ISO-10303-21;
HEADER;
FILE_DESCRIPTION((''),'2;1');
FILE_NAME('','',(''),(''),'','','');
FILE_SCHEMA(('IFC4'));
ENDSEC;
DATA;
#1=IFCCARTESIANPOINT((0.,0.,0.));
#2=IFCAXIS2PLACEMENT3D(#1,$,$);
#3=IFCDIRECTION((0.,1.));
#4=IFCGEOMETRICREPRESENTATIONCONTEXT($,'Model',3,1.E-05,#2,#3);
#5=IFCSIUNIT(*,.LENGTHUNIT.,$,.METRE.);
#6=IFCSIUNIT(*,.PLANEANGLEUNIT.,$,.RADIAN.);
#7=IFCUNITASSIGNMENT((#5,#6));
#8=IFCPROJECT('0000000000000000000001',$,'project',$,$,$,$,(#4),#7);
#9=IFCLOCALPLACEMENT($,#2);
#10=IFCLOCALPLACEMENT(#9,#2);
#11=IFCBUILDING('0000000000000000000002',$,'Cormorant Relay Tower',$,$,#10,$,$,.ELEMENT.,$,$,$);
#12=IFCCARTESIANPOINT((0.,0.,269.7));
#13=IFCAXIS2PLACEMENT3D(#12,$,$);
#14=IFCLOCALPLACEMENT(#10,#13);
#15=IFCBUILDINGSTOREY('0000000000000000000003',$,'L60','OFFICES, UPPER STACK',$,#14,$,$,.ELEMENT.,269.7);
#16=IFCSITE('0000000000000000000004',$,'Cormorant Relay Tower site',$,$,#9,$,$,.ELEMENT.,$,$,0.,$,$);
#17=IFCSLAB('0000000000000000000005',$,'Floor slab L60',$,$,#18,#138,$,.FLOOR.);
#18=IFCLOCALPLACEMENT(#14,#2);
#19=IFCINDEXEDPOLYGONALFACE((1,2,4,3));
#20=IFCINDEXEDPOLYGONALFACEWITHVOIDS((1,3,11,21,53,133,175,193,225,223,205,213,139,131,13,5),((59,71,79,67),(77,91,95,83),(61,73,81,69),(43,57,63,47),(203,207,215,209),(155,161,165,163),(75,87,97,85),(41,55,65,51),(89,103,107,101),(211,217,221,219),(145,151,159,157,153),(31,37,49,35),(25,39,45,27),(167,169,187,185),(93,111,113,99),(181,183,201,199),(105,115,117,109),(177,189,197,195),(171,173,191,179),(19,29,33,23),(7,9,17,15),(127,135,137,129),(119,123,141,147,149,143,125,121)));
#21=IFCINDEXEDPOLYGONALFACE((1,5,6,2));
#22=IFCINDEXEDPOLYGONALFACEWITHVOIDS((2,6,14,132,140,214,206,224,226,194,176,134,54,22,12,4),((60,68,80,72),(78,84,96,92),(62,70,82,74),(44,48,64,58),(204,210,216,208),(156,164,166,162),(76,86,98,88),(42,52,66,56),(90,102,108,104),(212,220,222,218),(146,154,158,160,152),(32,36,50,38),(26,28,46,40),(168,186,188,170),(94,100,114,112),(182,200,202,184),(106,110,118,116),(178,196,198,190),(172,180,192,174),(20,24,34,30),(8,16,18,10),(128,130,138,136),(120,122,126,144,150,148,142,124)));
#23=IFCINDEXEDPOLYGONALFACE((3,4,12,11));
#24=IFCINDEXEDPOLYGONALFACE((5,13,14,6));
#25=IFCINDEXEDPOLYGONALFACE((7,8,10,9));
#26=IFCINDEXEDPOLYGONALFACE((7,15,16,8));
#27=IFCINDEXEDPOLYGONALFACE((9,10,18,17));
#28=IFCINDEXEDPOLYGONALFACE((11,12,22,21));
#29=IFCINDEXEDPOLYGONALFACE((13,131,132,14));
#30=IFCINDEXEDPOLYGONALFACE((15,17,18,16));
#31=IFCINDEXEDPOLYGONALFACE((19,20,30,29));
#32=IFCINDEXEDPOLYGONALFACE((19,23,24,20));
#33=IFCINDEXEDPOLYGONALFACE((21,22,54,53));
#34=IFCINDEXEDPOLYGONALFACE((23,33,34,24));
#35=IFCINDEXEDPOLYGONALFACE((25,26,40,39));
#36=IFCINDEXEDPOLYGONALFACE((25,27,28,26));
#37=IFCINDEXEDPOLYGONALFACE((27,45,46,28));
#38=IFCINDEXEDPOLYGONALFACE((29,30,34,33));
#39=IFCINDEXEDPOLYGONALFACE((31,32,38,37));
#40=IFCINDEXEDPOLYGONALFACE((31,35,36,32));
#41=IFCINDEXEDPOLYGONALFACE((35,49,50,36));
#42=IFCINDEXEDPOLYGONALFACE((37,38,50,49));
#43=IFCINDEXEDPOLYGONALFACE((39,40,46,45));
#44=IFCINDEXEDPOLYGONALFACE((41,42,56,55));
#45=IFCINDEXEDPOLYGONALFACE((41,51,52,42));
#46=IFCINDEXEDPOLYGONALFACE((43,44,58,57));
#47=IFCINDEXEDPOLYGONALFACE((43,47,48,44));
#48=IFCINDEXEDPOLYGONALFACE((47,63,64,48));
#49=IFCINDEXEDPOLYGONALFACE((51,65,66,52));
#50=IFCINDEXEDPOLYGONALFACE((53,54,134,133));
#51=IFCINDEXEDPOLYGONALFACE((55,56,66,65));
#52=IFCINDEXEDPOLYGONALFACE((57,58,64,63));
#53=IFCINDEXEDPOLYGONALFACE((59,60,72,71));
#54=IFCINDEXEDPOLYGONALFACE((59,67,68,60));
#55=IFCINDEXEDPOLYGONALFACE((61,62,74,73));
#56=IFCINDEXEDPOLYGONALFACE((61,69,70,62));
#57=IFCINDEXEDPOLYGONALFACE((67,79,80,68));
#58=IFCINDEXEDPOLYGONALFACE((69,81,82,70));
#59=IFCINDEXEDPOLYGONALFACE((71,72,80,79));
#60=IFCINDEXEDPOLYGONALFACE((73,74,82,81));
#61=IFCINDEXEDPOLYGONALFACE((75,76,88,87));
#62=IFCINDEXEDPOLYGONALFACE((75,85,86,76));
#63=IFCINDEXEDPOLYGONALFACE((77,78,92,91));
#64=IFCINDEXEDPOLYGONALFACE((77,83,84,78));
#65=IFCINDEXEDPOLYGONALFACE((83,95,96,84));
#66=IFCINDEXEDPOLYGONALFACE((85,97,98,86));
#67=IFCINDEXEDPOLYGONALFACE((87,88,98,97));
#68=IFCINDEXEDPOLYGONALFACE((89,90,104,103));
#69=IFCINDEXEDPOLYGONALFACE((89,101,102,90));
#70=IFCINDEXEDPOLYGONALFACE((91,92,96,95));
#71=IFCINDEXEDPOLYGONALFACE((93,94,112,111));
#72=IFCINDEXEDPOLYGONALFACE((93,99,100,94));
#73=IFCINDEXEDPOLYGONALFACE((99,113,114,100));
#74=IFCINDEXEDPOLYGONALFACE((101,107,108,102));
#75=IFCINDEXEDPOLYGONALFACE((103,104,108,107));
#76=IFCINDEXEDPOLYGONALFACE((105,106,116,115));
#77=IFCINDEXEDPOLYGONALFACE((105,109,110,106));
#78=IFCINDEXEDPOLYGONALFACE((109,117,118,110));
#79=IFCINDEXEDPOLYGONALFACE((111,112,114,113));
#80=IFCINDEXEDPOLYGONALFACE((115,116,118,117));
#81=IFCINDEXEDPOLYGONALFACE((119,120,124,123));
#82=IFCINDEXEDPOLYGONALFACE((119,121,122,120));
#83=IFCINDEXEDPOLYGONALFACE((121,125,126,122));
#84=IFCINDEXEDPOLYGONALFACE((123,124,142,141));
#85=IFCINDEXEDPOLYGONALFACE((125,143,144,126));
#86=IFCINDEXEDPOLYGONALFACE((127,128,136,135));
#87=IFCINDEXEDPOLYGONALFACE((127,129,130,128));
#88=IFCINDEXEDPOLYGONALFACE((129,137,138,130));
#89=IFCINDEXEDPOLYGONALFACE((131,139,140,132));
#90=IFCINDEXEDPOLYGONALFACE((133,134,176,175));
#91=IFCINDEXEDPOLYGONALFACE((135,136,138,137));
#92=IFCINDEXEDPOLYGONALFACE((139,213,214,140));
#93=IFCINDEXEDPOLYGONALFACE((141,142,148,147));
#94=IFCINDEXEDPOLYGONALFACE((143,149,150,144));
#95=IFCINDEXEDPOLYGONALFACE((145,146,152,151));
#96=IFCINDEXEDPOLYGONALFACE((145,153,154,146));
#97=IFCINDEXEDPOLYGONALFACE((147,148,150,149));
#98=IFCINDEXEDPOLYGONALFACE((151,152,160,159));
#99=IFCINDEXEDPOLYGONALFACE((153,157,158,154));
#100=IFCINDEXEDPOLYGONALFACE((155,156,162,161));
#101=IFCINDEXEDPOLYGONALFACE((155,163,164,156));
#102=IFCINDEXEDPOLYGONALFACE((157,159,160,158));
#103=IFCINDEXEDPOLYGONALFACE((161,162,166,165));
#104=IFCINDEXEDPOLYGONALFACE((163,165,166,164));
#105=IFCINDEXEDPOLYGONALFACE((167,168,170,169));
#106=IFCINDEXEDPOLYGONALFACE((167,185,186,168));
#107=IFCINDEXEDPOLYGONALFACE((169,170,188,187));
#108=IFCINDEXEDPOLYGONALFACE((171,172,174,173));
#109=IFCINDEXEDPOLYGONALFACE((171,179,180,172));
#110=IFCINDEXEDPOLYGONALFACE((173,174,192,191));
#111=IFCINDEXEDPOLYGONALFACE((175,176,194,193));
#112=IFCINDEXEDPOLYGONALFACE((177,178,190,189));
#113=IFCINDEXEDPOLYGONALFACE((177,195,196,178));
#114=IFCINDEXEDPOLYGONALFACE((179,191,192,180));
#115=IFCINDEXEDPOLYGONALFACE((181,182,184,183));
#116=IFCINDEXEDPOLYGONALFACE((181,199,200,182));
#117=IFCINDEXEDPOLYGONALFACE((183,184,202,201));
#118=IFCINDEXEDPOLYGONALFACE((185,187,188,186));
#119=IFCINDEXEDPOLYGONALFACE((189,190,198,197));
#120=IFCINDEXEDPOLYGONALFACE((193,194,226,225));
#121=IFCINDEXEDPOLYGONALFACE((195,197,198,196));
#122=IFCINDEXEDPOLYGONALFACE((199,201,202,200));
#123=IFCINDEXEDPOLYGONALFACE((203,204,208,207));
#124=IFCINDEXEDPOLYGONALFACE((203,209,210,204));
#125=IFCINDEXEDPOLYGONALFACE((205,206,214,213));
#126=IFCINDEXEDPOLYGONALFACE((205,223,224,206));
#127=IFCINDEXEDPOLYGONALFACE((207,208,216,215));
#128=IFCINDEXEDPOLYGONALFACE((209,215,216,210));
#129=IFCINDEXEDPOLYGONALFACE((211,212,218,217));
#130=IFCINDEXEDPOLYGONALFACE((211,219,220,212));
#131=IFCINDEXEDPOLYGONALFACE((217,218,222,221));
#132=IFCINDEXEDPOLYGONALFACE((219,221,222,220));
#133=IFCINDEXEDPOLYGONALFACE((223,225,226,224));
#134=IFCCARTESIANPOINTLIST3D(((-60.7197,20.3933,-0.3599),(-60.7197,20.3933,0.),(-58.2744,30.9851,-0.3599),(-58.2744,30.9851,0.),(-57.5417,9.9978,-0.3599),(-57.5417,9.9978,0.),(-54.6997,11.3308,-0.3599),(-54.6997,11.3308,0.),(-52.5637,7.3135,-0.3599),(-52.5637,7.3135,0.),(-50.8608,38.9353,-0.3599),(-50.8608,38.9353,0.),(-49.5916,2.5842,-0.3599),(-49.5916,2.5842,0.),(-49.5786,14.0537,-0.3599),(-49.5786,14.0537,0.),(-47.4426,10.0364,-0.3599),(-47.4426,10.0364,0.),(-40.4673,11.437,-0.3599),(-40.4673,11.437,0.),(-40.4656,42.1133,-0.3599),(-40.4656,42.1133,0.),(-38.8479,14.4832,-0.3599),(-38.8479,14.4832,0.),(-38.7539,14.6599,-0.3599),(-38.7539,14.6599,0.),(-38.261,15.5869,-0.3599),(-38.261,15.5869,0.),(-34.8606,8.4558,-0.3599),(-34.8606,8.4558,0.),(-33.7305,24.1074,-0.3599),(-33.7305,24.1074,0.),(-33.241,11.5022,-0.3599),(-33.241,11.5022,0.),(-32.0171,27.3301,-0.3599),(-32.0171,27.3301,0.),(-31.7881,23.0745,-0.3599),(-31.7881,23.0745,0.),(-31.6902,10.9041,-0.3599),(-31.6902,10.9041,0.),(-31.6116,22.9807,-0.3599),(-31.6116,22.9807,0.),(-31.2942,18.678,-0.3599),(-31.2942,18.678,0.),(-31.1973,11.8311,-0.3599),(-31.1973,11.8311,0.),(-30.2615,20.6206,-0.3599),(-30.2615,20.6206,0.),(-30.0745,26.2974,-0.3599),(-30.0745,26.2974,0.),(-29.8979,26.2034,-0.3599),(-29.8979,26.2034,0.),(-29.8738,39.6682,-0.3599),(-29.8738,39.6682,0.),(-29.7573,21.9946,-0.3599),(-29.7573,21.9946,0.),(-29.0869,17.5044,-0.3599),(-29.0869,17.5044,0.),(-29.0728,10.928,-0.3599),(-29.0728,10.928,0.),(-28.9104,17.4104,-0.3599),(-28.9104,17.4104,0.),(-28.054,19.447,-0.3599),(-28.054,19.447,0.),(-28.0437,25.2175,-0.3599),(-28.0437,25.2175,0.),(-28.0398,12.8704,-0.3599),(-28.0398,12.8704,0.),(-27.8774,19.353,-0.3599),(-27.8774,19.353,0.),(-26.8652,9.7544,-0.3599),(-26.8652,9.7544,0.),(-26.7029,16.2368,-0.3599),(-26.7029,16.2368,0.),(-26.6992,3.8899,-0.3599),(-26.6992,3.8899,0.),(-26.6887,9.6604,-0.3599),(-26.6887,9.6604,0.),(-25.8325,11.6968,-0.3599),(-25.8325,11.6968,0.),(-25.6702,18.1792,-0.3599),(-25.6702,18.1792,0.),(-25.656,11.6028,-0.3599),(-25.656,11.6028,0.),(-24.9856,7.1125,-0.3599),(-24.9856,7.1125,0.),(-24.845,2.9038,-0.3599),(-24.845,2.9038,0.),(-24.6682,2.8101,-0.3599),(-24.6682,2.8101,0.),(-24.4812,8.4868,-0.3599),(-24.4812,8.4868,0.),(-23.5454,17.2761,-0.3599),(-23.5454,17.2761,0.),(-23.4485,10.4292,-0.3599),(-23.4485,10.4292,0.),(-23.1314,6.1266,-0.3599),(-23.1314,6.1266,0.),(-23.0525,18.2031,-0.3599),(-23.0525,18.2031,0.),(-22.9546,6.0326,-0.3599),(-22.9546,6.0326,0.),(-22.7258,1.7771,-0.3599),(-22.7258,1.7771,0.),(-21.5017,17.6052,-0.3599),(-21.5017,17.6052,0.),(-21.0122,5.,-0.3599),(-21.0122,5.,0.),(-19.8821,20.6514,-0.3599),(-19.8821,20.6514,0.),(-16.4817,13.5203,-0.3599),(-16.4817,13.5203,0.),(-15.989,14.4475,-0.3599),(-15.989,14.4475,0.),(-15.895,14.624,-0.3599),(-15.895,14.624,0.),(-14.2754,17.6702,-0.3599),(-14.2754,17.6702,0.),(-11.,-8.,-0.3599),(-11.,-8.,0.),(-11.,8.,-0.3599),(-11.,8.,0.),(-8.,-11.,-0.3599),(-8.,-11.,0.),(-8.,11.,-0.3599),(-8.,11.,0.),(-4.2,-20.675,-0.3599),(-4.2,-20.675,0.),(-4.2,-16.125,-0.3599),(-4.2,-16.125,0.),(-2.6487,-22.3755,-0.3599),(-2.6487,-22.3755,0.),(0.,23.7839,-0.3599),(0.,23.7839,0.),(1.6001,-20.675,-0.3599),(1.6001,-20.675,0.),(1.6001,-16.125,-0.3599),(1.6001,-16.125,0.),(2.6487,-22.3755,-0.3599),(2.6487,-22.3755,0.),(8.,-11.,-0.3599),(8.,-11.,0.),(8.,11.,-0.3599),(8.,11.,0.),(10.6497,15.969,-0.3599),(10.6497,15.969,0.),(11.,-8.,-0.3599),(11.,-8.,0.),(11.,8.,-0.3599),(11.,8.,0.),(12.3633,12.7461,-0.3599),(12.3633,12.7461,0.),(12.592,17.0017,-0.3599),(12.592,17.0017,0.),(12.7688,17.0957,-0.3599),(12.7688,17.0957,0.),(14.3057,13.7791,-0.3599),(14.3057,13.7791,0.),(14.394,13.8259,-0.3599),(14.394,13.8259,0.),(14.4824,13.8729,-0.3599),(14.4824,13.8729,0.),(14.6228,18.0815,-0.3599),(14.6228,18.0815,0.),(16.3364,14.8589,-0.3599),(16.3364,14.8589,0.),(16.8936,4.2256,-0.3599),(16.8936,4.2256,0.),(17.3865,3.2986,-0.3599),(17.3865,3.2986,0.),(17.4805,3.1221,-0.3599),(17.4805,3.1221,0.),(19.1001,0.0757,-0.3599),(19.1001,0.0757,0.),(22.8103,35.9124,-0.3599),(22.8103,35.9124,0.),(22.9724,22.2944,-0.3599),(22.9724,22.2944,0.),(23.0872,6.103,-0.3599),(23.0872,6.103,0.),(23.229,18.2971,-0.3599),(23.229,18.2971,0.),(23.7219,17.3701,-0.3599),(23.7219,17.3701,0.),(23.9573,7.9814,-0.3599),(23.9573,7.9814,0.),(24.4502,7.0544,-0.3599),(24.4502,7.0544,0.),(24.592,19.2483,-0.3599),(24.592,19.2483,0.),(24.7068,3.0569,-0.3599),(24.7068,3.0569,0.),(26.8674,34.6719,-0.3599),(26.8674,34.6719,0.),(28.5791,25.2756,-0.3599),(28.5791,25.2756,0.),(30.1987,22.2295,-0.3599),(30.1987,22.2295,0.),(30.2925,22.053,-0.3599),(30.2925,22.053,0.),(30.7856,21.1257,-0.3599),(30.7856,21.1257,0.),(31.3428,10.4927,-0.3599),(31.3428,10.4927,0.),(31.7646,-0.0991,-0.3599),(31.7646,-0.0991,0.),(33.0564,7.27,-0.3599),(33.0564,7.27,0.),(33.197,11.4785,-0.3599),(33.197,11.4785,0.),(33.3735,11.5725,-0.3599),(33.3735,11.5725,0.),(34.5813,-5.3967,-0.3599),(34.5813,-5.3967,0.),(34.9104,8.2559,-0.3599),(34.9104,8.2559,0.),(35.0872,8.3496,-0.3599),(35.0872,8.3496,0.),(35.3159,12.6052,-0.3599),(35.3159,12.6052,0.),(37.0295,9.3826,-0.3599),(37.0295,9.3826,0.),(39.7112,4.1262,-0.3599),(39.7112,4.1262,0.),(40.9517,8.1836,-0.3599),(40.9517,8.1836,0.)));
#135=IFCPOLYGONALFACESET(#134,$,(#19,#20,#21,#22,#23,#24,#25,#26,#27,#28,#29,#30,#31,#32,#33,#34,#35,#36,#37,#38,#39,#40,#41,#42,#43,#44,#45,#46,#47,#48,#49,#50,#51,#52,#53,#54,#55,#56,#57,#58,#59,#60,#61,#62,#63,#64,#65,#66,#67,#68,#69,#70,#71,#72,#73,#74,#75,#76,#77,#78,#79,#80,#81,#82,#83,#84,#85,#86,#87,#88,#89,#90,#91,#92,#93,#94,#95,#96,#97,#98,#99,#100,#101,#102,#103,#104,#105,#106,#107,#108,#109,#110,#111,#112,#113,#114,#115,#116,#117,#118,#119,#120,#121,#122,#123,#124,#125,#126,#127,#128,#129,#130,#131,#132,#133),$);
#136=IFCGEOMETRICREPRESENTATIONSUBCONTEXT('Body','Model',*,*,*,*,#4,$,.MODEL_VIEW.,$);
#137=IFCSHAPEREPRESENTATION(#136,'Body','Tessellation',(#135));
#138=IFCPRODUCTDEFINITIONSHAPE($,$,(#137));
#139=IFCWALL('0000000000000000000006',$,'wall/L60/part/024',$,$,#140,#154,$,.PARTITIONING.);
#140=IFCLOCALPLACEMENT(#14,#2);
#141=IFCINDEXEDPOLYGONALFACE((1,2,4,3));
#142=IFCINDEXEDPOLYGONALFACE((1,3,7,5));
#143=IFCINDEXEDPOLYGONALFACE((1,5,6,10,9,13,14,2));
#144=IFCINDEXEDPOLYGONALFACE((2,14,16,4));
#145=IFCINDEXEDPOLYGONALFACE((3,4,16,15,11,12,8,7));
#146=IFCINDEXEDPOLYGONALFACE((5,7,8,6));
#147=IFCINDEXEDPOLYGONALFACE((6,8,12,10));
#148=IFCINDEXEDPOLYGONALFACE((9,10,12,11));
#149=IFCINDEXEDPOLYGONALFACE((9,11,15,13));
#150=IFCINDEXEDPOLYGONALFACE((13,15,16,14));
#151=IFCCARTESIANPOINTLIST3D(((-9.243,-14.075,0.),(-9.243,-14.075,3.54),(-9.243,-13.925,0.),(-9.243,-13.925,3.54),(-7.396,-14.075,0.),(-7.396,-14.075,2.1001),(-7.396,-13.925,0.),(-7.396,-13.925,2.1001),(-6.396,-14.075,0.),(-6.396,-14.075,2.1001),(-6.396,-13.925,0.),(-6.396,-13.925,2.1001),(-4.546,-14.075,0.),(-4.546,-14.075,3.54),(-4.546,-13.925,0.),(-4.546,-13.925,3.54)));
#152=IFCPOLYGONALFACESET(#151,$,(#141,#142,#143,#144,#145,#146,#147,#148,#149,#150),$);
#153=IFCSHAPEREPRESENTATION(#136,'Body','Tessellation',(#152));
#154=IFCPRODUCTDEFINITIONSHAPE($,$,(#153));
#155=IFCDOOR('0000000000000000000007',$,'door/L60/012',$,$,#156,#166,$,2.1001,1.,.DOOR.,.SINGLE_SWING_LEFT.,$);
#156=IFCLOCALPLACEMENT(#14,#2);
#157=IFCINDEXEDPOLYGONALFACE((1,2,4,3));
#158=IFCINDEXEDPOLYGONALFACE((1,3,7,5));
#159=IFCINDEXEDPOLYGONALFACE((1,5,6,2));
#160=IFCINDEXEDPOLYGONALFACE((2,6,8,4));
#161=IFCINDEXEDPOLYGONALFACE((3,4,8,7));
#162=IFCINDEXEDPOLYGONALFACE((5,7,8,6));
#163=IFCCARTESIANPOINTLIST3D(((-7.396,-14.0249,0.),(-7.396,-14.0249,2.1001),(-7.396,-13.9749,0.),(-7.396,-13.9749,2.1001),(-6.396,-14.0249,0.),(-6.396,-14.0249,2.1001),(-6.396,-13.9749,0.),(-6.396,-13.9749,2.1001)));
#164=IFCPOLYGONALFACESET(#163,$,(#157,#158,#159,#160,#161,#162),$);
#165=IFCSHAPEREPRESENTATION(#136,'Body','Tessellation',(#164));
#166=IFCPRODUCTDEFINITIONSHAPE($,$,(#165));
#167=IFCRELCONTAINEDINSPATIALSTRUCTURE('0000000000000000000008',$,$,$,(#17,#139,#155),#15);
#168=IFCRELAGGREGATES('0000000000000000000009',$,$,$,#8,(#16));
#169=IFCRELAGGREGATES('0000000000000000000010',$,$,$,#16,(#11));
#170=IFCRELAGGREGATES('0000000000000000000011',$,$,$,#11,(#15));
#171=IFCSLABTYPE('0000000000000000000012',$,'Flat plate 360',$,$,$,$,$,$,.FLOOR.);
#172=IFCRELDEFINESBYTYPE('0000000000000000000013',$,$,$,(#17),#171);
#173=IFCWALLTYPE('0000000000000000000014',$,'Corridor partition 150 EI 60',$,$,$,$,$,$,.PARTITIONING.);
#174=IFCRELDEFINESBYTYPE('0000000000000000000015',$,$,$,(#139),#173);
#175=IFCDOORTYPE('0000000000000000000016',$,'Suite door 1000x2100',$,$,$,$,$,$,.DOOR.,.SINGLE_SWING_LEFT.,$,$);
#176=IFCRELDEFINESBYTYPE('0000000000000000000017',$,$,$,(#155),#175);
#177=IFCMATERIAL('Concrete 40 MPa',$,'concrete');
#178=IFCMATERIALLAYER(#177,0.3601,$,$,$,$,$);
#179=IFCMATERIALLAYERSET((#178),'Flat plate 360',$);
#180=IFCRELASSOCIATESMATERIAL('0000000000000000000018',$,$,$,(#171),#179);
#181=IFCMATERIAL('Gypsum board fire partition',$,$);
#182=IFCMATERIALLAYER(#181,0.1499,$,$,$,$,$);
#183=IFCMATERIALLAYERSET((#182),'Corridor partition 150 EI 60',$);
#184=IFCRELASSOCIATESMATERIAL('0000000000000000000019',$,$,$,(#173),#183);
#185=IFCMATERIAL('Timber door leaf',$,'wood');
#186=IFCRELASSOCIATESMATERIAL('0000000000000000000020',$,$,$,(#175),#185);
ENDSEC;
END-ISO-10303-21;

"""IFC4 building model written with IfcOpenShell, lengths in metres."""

from ifc_helpers import new_model, si_unit, direction, frame, frame_2d, origin, place, context, subcontext, project, spatial, polyline, rectangle, outline, extrude, material, layer, layer_set, type_object, element, fill, save


model = new_model("IFC4")

# Units and contexts
model_context = context("Model", 3, precision=1e-05, world=origin(), true_north=direction((0.0, 1.0)))
body_context = subcontext(model_context, "Body", "Model", "MODEL_VIEW")
ifc_project = project(units=[si_unit("LENGTHUNIT", "METRE"), si_unit("PLANEANGLEUNIT", "RADIAN")], contexts=[model_context])

# Site, building, storey
site_placement = place(None, origin())
site = spatial("IfcSite", under=ifc_project, at=site_placement, Name="Cormorant Relay Tower site", CompositionType="ELEMENT", RefElevation=0.0)
building_placement = place(site_placement, origin())
building = spatial("IfcBuilding", under=site, at=building_placement, Name="Cormorant Relay Tower", CompositionType="ELEMENT")
storey_placement = place(building_placement, frame((0.0, 0.0, 269.7)))
storey = spatial("IfcBuildingStorey", under=building, at=storey_placement, Name="L60", Description="OFFICES, UPPER STACK", CompositionType="ELEMENT", Elevation=269.7)

# Slab
ifc_material_1 = material(Name="Concrete 40 MPa", Category="concrete")
ifc_layer_1 = layer(ifc_material_1, 0.3601)
ifc_layer_set_1 = layer_set([ifc_layer_1], Name="Flat plate 360")
slab_type_1 = type_object("IfcSlabType", Name="Flat plate 360", PredefinedType="FLOOR", material=ifc_layer_set_1)
slab_1_placement = place(storey_placement, frame((0.0, 0.0, -0.3599)))
element("IfcSlab", 1, at=slab_1_placement, inside=storey, type_object=slab_type_1, Name="Floor slab L60", PredefinedType="FLOOR", context=body_context, shape_type="SweptSolid", body=[
    extrude(outline(polyline([(-60.7197, 20.3933), (-58.2744, 30.9851), (-50.8608, 38.9353), (-40.4656, 42.1133), (-29.8738, 39.6682), (0.0, 23.7839), (22.8103, 35.9124), (26.8674, 34.6719), (40.9517, 8.1836), (39.7112, 4.1262), (31.7646, -0.0991), (34.5813, -5.3967), (2.6487, -22.3755), (-2.6487, -22.3755), (-49.5916, 2.5842), (-57.5417, 9.9978), (-60.7197, 20.3933)]), holes=[polyline([(11.0, -8.0), (11.0, 8.0), (8.0, 11.0), (-8.0, 11.0), (-11.0, 8.0), (-11.0, -8.0), (-8.0, -11.0), (8.0, -11.0), (11.0, -8.0)]), polyline([(-22.9546, 6.0327), (-24.6682, 2.8101), (-22.7258, 1.7771), (-21.0122, 5.0), (-23.043, 6.0796), (-22.9546, 6.0327)]), polyline([(-24.9856, 7.1125), (-26.6992, 3.8899), (-24.845, 2.9038), (-23.1313, 6.1267), (-23.043, 6.0796), (-24.9856, 7.1125)]), polyline([(-26.6887, 9.6604), (-24.4812, 8.4868), (-23.4485, 10.4292), (-25.656, 11.6028), (-26.6887, 9.6604)]), polyline([(-49.5786, 14.0537), (-54.6997, 11.3308), (-52.5637, 7.3135), (-47.4426, 10.0364), (-49.5786, 14.0537)]), polyline([(-29.0728, 10.928), (-26.8652, 9.7544), (-25.8325, 11.6968), (-28.0398, 12.8704), (-29.0728, 10.928)]), polyline([(-38.8479, 14.4832), (-40.4673, 11.437), (-34.8606, 8.4558), (-33.241, 11.5022), (-38.8479, 14.4832)]), polyline([(-38.261, 15.5869), (-38.7539, 14.6599), (-31.6902, 10.9041), (-31.1973, 11.8311), (-38.261, 15.5869)]), polyline([(-25.6702, 18.1792), (-27.8774, 19.353), (-28.9104, 17.4104), (-26.7029, 16.2368), (-25.6702, 18.1792)]), polyline([(-30.2615, 20.6206), (-31.2942, 18.678), (-29.0869, 17.5044), (-28.054, 19.447), (-30.2615, 20.6206)]), polyline([(-31.6116, 22.9807), (-29.7573, 21.9946), (-28.0437, 25.2175), (-29.8979, 26.2034), (-31.6116, 22.9807)]), polyline([(-32.0171, 27.3301), (-33.7305, 24.1074), (-31.7881, 23.0745), (-30.0745, 26.2974), (-32.0171, 27.3301)]), polyline([(-4.2, -16.125), (-4.2, -20.675), (1.6001, -20.675), (1.6001, -16.125), (-4.2, -16.125)]), polyline([(17.4805, 3.1221), (19.1001, 0.0757), (24.7068, 3.0569), (23.0872, 6.103), (17.4805, 3.1221)]), polyline([(17.3865, 3.2986), (24.4502, 7.0544), (23.9573, 7.9814), (16.8936, 4.2256), (17.3865, 3.2986)]), polyline([(33.197, 11.4785), (31.3428, 10.4927), (33.0564, 7.27), (34.9104, 8.2559), (33.197, 11.4785)]), polyline([(33.3735, 11.5725), (35.0872, 8.3496), (37.0295, 9.3826), (35.3159, 12.6052), (33.3735, 11.5725)]), polyline([(14.3057, 13.7791), (12.592, 17.0017), (10.6497, 15.969), (12.3633, 12.7461), (14.394, 13.8259), (14.3057, 13.7791)]), polyline([(16.3364, 14.8589), (14.6228, 18.0815), (12.7688, 17.0957), (14.4824, 13.8728), (14.394, 13.8259), (16.3364, 14.8589)]), polyline([(-16.4817, 13.5203), (-15.989, 14.4475), (-23.0525, 18.2031), (-23.5454, 17.2761), (-16.4817, 13.5203)]), polyline([(-15.895, 14.624), (-14.2754, 17.6702), (-19.8821, 20.6514), (-21.5017, 17.6052), (-15.895, 14.624)]), polyline([(30.7856, 21.1257), (30.2925, 22.053), (23.229, 18.2971), (23.7219, 17.3701), (30.7856, 21.1257)]), polyline([(24.592, 19.2483), (30.1987, 22.2295), (28.5791, 25.2756), (22.9724, 22.2944), (24.592, 19.2483)])]), origin(), (0.0, 0.0, 1.0), 0.3599),
])

# Wall, opening, door
ifc_material_2 = material(Name="Gypsum board fire partition")
ifc_layer_2 = layer(ifc_material_2, 0.1499)
ifc_layer_set_2 = layer_set([ifc_layer_2], Name="Corridor partition 150 EI 60")
wall_type_1 = type_object("IfcWallType", Name="Corridor partition 150 EI 60", PredefinedType="PARTITIONING", material=ifc_layer_set_2)
wall_1_placement = place(storey_placement, frame((-4.5459, -14.0, 0.0), z_axis=(0.0, 0.0, 1.0), x_axis=(-1.0, 0.0, 0.0)))
wall_1 = element("IfcWall", 2, at=wall_1_placement, inside=storey, type_object=wall_type_1, Name="wall/L60/part/024", PredefinedType="PARTITIONING", context=body_context, shape_type="SweptSolid", body=[
    extrude(rectangle(XDim=4.697, YDim=0.1499, at=frame_2d((2.3486, 0.0))), origin(), (0.0, 0.0, 1.0), 3.54),
])
opening_1_placement = place(wall_1_placement, frame((1.8501, 0.0, 0.0)))
opening_1 = element("IfcOpeningElement", 3, at=opening_1_placement, cuts=wall_1, PredefinedType="OPENING", context=body_context, shape_type="SweptSolid", body=[
    extrude(rectangle(XDim=1.0, YDim=2.1001, at=frame_2d((0.5, 1.05))), frame((0.0, 0.085, 0.0), z_axis=(0.0, -1.0, 0.0), x_axis=(1.0, 0.0, 0.0)), (0.0, 0.0, 1.0), 0.1699),
])
ifc_material_3 = material(Name="Timber door leaf", Category="wood")
door_type_1 = type_object("IfcDoorType", Name="Suite door 1000x2100", OperationType="SINGLE_SWING_LEFT", PredefinedType="DOOR", material=ifc_material_3)
door_1_placement = place(opening_1_placement, origin())
door_1 = element("IfcDoor", 4, at=door_1_placement, inside=storey, type_object=door_type_1, Name="door/L60/012", OperationType="SINGLE_SWING_LEFT", OverallHeight=2.1001, OverallWidth=1.0, PredefinedType="DOOR", context=body_context, shape_type="SweptSolid", body=[
    extrude(rectangle(XDim=1.0, YDim=2.1001, at=frame_2d((0.5, 1.05))), frame((0.0, 0.0249, 0.0), z_axis=(0.0, -1.0, 0.0), x_axis=(1.0, 0.0, 0.0)), (0.0, 0.0, 1.0), 0.05),
])
fill(opening_1, door_1)

save(model, "model.ifc")
